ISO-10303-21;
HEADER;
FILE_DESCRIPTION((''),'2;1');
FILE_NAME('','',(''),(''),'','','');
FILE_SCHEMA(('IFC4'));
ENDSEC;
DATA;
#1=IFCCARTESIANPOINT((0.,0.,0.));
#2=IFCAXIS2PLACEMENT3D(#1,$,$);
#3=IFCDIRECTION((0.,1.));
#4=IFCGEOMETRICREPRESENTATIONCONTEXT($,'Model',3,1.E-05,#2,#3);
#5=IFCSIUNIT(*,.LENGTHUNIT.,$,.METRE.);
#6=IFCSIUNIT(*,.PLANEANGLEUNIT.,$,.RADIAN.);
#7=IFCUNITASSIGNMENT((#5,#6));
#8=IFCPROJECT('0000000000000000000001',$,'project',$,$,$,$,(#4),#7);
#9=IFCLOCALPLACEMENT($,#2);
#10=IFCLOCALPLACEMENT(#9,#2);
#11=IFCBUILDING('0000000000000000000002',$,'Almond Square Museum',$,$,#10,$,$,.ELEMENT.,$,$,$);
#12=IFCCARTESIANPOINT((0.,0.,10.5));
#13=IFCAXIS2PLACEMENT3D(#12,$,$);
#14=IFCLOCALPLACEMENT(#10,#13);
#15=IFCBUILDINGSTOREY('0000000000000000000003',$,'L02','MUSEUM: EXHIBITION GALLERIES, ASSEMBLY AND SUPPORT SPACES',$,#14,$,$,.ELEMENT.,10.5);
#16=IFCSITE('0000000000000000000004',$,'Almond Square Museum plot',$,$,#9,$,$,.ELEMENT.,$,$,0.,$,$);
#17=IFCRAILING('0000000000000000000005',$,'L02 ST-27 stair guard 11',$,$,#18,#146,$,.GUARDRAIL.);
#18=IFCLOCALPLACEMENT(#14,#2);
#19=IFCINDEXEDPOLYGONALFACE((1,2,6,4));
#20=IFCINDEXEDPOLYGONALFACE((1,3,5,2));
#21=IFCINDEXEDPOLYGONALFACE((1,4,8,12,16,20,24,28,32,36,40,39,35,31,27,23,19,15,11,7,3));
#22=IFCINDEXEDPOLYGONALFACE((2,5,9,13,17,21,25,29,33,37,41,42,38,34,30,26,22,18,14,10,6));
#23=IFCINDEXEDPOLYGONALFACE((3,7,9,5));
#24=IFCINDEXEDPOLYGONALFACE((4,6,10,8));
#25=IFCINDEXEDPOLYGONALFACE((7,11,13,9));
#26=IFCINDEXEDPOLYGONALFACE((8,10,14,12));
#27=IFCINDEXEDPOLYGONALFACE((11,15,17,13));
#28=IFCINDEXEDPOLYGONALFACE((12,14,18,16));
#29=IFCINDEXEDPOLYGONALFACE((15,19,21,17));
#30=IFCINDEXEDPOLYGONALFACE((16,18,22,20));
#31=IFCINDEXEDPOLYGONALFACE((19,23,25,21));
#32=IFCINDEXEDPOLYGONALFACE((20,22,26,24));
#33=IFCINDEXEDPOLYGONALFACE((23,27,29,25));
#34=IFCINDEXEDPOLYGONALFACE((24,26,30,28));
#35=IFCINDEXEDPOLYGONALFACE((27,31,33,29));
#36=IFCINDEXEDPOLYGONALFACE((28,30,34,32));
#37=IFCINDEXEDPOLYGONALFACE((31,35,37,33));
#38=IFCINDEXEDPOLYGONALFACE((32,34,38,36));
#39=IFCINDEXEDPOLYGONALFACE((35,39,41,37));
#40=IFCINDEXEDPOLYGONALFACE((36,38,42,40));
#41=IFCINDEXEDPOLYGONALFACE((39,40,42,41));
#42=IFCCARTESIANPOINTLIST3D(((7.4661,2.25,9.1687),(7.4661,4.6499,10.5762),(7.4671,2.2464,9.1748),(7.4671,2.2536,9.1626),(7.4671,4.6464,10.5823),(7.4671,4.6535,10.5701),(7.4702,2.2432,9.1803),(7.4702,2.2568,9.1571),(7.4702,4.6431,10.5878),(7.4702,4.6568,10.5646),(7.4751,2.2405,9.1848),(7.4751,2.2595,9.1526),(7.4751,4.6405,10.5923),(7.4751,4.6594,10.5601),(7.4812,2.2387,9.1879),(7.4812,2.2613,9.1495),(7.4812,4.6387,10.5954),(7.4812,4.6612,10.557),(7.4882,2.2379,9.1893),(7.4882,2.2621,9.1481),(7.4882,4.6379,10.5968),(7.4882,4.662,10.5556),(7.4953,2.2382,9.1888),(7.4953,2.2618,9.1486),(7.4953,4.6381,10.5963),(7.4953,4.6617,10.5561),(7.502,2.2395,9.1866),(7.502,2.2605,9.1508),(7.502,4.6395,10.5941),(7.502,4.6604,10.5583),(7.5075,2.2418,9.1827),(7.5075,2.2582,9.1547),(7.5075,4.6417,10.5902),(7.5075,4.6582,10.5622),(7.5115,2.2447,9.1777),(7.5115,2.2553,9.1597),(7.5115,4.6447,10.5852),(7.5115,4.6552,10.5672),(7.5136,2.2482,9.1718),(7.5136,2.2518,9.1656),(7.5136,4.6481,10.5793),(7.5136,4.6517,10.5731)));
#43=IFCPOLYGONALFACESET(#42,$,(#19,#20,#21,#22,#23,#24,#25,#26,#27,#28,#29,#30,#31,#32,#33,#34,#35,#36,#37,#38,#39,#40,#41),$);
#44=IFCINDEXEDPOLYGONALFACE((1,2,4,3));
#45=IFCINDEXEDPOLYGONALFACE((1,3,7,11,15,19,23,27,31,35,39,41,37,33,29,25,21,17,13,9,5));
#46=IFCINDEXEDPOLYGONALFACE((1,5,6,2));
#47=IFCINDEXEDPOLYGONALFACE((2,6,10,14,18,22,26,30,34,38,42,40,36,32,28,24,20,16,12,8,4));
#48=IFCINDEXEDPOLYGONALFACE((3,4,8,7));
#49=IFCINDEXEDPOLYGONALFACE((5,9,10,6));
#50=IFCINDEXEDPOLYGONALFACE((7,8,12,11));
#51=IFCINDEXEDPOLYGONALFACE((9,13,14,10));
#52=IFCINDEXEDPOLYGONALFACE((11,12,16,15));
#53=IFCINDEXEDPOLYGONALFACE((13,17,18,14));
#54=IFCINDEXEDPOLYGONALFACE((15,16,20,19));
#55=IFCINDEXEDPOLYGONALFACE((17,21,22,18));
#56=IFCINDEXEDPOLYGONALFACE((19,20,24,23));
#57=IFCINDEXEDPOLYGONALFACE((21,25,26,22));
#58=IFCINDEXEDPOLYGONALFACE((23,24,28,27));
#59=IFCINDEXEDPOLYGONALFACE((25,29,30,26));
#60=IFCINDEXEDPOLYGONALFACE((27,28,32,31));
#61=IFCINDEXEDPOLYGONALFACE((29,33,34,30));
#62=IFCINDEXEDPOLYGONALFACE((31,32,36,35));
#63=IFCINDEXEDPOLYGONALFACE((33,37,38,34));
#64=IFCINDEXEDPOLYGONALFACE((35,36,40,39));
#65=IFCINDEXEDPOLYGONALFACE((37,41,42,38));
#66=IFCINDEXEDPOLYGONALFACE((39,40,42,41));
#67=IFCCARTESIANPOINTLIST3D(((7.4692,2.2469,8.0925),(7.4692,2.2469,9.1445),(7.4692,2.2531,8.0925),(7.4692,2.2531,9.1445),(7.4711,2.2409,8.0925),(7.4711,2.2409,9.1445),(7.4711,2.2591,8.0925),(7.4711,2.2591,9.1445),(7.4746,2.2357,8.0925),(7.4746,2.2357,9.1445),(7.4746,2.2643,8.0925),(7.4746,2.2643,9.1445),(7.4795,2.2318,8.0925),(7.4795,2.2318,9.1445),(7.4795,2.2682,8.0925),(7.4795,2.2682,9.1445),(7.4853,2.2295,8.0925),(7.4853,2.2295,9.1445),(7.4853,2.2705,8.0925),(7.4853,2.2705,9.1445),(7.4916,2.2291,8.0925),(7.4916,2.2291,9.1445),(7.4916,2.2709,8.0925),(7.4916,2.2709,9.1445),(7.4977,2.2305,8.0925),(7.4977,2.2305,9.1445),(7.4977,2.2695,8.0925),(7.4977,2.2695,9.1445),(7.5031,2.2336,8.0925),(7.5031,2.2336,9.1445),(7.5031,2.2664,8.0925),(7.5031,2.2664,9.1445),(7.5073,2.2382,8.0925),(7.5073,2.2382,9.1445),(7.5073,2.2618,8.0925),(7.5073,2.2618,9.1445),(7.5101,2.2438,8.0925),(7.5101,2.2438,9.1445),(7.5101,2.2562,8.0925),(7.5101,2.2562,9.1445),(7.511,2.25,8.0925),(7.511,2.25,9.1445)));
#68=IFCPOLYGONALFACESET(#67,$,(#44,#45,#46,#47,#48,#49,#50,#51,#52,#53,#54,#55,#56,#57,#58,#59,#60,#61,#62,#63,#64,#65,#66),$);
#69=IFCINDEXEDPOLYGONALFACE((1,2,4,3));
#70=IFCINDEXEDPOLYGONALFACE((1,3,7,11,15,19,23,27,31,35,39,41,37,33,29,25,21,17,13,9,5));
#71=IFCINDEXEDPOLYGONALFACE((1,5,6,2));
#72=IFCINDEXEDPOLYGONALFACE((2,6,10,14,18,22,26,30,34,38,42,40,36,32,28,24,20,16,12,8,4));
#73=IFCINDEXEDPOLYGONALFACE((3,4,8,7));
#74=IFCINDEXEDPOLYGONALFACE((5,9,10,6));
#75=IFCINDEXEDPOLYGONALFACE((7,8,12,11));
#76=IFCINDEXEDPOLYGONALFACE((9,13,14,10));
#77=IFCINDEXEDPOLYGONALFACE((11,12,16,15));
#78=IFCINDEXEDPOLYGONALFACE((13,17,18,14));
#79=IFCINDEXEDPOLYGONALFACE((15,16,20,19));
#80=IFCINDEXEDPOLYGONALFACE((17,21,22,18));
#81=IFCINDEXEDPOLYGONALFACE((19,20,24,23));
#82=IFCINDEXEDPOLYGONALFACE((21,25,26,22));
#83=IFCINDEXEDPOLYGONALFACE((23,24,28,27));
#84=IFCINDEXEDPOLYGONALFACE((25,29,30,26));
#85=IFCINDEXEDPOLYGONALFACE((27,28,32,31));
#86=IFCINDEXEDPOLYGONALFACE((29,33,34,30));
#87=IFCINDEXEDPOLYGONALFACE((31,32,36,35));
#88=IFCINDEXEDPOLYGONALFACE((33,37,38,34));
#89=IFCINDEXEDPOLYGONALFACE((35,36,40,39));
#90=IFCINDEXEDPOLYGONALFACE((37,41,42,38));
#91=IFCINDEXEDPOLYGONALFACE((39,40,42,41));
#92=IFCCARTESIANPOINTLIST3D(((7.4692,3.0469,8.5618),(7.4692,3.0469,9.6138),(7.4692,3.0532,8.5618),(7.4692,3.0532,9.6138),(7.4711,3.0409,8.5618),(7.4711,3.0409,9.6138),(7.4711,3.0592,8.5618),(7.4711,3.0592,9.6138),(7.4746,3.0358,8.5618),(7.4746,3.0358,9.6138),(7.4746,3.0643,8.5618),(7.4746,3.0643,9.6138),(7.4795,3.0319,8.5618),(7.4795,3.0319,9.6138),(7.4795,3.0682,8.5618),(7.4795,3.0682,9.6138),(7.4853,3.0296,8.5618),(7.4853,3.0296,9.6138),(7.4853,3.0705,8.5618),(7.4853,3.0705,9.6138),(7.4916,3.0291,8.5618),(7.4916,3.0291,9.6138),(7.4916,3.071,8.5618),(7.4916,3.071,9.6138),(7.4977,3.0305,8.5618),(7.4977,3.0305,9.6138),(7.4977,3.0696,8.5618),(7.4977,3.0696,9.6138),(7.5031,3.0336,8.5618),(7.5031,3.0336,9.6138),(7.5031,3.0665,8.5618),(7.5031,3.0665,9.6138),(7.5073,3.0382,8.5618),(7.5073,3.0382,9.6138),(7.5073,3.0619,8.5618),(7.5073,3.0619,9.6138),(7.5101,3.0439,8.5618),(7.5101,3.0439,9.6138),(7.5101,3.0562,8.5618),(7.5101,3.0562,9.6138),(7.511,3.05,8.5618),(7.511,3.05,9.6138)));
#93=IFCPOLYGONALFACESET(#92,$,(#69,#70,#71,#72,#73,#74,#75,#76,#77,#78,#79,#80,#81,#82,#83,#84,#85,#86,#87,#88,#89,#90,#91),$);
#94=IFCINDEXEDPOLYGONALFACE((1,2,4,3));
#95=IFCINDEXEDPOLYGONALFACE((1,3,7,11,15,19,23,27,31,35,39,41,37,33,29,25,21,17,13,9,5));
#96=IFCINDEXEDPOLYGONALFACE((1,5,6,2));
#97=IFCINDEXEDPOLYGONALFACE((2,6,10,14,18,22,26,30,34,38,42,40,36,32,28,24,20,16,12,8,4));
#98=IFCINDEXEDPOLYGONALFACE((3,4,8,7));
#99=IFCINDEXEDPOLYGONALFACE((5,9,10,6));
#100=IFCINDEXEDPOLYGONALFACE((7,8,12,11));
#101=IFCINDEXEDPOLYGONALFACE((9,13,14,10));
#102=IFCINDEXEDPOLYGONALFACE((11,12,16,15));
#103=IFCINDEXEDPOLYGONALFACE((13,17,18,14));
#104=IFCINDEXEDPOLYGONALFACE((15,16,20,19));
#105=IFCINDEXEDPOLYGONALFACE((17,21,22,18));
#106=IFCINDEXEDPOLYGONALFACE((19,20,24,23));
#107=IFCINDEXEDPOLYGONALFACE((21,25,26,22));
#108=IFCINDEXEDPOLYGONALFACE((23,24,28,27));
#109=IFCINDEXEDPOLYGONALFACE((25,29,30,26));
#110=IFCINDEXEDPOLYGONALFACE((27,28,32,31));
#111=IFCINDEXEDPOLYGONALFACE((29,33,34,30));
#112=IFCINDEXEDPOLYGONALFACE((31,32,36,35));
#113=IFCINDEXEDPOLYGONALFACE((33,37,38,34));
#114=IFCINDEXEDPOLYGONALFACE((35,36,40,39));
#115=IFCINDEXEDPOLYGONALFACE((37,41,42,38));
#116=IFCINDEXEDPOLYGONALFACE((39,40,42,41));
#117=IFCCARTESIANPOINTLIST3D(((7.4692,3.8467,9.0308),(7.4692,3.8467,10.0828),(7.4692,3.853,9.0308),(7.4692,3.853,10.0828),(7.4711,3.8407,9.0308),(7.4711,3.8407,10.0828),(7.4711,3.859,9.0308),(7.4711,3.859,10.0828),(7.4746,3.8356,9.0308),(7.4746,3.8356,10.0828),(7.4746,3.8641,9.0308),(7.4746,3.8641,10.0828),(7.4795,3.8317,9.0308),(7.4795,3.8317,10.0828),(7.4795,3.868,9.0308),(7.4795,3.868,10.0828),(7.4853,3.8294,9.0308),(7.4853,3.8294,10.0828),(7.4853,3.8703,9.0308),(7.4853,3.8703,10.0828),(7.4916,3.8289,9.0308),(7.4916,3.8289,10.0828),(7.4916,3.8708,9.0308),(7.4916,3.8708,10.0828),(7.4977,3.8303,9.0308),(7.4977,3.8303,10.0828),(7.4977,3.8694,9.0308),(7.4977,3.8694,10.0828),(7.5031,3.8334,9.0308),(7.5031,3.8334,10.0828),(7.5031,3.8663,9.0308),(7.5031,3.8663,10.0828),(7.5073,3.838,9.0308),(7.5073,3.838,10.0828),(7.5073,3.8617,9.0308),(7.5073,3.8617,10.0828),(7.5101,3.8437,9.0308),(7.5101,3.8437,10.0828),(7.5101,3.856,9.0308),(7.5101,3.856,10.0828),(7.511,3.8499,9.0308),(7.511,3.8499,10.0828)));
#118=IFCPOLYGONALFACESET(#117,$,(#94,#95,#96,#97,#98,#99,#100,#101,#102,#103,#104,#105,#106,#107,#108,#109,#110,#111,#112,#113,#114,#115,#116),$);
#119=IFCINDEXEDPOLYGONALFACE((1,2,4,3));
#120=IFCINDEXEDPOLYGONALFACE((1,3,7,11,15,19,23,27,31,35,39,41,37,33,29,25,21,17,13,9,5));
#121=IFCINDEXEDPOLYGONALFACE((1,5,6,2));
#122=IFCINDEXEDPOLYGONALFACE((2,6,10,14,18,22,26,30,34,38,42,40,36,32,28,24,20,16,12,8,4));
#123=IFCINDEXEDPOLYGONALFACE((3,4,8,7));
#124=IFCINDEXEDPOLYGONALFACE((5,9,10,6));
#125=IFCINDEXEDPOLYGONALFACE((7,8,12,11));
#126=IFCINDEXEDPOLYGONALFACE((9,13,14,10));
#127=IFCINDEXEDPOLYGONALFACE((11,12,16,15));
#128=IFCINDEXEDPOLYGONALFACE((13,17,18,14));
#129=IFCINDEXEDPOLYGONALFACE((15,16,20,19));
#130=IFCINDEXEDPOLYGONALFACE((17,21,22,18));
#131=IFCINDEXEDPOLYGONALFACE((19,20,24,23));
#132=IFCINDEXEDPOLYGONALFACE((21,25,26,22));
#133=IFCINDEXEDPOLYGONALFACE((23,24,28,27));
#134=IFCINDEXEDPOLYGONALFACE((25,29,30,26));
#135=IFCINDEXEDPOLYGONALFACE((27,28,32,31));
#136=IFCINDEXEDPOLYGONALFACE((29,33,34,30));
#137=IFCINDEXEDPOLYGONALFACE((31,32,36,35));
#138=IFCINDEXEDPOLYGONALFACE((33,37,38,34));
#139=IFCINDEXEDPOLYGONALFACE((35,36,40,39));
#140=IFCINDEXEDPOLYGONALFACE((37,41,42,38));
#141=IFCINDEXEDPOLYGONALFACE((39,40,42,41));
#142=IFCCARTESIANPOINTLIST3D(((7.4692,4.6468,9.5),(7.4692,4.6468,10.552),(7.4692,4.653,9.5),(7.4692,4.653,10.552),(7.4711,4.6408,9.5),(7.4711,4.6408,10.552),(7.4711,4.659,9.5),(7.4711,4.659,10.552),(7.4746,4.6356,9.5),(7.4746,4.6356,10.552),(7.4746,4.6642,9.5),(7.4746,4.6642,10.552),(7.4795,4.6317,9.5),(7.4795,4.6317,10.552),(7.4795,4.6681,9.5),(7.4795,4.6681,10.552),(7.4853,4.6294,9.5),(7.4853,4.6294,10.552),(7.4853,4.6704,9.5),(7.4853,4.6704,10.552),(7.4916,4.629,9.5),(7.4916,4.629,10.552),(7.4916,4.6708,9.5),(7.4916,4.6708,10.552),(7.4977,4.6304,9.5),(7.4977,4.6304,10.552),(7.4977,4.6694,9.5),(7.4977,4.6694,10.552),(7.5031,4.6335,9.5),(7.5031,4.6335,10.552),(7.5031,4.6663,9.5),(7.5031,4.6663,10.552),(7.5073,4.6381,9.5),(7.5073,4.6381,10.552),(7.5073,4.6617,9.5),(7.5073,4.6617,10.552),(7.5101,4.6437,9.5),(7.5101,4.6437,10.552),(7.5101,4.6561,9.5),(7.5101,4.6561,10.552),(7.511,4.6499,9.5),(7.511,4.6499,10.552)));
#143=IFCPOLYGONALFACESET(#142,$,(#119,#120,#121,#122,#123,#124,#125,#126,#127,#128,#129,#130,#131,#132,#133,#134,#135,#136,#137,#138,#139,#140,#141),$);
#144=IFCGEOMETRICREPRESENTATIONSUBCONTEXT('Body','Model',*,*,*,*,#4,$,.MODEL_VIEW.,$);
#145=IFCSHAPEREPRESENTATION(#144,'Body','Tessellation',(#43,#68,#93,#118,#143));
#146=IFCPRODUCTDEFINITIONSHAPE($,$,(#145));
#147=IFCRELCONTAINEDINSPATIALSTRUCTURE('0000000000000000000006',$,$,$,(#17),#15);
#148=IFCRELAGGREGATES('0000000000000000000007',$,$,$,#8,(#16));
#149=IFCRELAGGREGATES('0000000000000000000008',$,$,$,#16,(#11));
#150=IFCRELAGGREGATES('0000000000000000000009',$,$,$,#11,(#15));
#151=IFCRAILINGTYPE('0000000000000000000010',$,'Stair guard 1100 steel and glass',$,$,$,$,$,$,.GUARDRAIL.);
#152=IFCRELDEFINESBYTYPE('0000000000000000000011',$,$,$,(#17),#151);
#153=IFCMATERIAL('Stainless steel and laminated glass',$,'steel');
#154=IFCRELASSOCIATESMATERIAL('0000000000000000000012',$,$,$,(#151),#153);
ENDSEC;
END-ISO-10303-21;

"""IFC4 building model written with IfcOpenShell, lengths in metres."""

from ifc_helpers import new_model, si_unit, direction, frame, origin, origin_2d, place, context, subcontext, project, spatial, circle, extrude, material, type_object, element, save


model = new_model("IFC4")

# Units and contexts
model_context = context("Model", 3, precision=1e-05, world=origin(), true_north=direction((0.0, 1.0)))
body_context = subcontext(model_context, "Body", "Model", "MODEL_VIEW")
ifc_project = project(units=[si_unit("LENGTHUNIT", "METRE"), si_unit("PLANEANGLEUNIT", "RADIAN")], contexts=[model_context])

# Site, building, storey
site_placement = place(None, origin())
site = spatial("IfcSite", under=ifc_project, at=site_placement, Name="Almond Square Museum plot", CompositionType="ELEMENT", RefElevation=0.0)
building_placement = place(site_placement, origin())
building = spatial("IfcBuilding", under=site, at=building_placement, Name="Almond Square Museum", CompositionType="ELEMENT")
storey_placement = place(building_placement, frame((0.0, 0.0, 10.5)))
storey = spatial("IfcBuildingStorey", under=building, at=storey_placement, Name="L02", Description="MUSEUM: EXHIBITION GALLERIES, ASSEMBLY AND SUPPORT SPACES", CompositionType="ELEMENT", Elevation=10.5)

# Railing
ifc_material_1 = material(Name="Stainless steel and laminated glass", Category="steel")
railing_type_1 = type_object("IfcRailingType", Name="Stair guard 1100 steel and glass", PredefinedType="GUARDRAIL", material=ifc_material_1)
railing_1_placement = place(storey_placement, frame((7.49, 2.25, 8.0925)))
element("IfcRailing", 1, at=railing_1_placement, inside=storey, type_object=railing_type_1, Name="L02 ST-27 stair guard 11", PredefinedType="GUARDRAIL", context=body_context, shape_type="SweptSolid", body=[
    extrude(circle(Radius=0.0239, at=origin_2d()), frame((0.0, 0.0, 1.0762), z_axis=(0.0, 0.862599, 0.505888), x_axis=(-1.0, 0.0, 0.0)), (0.0, 0.0, 1.0), 2.7822),
    extrude(circle(Radius=0.021, at=origin_2d()), origin(), (0.0, 0.0, 1.0), 1.052),
    extrude(circle(Radius=0.021, at=origin_2d()), frame((0.0, 0.8, 0.4692)), (0.0, 0.0, 1.0), 1.052),
    extrude(circle(Radius=0.021, at=origin_2d()), frame((0.0, 1.5999, 0.9382)), (0.0, 0.0, 1.0), 1.052),
    extrude(circle(Radius=0.021, at=origin_2d()), frame((0.0, 2.3999, 1.4075)), (0.0, 0.0, 1.0), 1.052),
])

save(model, "model.ifc")
